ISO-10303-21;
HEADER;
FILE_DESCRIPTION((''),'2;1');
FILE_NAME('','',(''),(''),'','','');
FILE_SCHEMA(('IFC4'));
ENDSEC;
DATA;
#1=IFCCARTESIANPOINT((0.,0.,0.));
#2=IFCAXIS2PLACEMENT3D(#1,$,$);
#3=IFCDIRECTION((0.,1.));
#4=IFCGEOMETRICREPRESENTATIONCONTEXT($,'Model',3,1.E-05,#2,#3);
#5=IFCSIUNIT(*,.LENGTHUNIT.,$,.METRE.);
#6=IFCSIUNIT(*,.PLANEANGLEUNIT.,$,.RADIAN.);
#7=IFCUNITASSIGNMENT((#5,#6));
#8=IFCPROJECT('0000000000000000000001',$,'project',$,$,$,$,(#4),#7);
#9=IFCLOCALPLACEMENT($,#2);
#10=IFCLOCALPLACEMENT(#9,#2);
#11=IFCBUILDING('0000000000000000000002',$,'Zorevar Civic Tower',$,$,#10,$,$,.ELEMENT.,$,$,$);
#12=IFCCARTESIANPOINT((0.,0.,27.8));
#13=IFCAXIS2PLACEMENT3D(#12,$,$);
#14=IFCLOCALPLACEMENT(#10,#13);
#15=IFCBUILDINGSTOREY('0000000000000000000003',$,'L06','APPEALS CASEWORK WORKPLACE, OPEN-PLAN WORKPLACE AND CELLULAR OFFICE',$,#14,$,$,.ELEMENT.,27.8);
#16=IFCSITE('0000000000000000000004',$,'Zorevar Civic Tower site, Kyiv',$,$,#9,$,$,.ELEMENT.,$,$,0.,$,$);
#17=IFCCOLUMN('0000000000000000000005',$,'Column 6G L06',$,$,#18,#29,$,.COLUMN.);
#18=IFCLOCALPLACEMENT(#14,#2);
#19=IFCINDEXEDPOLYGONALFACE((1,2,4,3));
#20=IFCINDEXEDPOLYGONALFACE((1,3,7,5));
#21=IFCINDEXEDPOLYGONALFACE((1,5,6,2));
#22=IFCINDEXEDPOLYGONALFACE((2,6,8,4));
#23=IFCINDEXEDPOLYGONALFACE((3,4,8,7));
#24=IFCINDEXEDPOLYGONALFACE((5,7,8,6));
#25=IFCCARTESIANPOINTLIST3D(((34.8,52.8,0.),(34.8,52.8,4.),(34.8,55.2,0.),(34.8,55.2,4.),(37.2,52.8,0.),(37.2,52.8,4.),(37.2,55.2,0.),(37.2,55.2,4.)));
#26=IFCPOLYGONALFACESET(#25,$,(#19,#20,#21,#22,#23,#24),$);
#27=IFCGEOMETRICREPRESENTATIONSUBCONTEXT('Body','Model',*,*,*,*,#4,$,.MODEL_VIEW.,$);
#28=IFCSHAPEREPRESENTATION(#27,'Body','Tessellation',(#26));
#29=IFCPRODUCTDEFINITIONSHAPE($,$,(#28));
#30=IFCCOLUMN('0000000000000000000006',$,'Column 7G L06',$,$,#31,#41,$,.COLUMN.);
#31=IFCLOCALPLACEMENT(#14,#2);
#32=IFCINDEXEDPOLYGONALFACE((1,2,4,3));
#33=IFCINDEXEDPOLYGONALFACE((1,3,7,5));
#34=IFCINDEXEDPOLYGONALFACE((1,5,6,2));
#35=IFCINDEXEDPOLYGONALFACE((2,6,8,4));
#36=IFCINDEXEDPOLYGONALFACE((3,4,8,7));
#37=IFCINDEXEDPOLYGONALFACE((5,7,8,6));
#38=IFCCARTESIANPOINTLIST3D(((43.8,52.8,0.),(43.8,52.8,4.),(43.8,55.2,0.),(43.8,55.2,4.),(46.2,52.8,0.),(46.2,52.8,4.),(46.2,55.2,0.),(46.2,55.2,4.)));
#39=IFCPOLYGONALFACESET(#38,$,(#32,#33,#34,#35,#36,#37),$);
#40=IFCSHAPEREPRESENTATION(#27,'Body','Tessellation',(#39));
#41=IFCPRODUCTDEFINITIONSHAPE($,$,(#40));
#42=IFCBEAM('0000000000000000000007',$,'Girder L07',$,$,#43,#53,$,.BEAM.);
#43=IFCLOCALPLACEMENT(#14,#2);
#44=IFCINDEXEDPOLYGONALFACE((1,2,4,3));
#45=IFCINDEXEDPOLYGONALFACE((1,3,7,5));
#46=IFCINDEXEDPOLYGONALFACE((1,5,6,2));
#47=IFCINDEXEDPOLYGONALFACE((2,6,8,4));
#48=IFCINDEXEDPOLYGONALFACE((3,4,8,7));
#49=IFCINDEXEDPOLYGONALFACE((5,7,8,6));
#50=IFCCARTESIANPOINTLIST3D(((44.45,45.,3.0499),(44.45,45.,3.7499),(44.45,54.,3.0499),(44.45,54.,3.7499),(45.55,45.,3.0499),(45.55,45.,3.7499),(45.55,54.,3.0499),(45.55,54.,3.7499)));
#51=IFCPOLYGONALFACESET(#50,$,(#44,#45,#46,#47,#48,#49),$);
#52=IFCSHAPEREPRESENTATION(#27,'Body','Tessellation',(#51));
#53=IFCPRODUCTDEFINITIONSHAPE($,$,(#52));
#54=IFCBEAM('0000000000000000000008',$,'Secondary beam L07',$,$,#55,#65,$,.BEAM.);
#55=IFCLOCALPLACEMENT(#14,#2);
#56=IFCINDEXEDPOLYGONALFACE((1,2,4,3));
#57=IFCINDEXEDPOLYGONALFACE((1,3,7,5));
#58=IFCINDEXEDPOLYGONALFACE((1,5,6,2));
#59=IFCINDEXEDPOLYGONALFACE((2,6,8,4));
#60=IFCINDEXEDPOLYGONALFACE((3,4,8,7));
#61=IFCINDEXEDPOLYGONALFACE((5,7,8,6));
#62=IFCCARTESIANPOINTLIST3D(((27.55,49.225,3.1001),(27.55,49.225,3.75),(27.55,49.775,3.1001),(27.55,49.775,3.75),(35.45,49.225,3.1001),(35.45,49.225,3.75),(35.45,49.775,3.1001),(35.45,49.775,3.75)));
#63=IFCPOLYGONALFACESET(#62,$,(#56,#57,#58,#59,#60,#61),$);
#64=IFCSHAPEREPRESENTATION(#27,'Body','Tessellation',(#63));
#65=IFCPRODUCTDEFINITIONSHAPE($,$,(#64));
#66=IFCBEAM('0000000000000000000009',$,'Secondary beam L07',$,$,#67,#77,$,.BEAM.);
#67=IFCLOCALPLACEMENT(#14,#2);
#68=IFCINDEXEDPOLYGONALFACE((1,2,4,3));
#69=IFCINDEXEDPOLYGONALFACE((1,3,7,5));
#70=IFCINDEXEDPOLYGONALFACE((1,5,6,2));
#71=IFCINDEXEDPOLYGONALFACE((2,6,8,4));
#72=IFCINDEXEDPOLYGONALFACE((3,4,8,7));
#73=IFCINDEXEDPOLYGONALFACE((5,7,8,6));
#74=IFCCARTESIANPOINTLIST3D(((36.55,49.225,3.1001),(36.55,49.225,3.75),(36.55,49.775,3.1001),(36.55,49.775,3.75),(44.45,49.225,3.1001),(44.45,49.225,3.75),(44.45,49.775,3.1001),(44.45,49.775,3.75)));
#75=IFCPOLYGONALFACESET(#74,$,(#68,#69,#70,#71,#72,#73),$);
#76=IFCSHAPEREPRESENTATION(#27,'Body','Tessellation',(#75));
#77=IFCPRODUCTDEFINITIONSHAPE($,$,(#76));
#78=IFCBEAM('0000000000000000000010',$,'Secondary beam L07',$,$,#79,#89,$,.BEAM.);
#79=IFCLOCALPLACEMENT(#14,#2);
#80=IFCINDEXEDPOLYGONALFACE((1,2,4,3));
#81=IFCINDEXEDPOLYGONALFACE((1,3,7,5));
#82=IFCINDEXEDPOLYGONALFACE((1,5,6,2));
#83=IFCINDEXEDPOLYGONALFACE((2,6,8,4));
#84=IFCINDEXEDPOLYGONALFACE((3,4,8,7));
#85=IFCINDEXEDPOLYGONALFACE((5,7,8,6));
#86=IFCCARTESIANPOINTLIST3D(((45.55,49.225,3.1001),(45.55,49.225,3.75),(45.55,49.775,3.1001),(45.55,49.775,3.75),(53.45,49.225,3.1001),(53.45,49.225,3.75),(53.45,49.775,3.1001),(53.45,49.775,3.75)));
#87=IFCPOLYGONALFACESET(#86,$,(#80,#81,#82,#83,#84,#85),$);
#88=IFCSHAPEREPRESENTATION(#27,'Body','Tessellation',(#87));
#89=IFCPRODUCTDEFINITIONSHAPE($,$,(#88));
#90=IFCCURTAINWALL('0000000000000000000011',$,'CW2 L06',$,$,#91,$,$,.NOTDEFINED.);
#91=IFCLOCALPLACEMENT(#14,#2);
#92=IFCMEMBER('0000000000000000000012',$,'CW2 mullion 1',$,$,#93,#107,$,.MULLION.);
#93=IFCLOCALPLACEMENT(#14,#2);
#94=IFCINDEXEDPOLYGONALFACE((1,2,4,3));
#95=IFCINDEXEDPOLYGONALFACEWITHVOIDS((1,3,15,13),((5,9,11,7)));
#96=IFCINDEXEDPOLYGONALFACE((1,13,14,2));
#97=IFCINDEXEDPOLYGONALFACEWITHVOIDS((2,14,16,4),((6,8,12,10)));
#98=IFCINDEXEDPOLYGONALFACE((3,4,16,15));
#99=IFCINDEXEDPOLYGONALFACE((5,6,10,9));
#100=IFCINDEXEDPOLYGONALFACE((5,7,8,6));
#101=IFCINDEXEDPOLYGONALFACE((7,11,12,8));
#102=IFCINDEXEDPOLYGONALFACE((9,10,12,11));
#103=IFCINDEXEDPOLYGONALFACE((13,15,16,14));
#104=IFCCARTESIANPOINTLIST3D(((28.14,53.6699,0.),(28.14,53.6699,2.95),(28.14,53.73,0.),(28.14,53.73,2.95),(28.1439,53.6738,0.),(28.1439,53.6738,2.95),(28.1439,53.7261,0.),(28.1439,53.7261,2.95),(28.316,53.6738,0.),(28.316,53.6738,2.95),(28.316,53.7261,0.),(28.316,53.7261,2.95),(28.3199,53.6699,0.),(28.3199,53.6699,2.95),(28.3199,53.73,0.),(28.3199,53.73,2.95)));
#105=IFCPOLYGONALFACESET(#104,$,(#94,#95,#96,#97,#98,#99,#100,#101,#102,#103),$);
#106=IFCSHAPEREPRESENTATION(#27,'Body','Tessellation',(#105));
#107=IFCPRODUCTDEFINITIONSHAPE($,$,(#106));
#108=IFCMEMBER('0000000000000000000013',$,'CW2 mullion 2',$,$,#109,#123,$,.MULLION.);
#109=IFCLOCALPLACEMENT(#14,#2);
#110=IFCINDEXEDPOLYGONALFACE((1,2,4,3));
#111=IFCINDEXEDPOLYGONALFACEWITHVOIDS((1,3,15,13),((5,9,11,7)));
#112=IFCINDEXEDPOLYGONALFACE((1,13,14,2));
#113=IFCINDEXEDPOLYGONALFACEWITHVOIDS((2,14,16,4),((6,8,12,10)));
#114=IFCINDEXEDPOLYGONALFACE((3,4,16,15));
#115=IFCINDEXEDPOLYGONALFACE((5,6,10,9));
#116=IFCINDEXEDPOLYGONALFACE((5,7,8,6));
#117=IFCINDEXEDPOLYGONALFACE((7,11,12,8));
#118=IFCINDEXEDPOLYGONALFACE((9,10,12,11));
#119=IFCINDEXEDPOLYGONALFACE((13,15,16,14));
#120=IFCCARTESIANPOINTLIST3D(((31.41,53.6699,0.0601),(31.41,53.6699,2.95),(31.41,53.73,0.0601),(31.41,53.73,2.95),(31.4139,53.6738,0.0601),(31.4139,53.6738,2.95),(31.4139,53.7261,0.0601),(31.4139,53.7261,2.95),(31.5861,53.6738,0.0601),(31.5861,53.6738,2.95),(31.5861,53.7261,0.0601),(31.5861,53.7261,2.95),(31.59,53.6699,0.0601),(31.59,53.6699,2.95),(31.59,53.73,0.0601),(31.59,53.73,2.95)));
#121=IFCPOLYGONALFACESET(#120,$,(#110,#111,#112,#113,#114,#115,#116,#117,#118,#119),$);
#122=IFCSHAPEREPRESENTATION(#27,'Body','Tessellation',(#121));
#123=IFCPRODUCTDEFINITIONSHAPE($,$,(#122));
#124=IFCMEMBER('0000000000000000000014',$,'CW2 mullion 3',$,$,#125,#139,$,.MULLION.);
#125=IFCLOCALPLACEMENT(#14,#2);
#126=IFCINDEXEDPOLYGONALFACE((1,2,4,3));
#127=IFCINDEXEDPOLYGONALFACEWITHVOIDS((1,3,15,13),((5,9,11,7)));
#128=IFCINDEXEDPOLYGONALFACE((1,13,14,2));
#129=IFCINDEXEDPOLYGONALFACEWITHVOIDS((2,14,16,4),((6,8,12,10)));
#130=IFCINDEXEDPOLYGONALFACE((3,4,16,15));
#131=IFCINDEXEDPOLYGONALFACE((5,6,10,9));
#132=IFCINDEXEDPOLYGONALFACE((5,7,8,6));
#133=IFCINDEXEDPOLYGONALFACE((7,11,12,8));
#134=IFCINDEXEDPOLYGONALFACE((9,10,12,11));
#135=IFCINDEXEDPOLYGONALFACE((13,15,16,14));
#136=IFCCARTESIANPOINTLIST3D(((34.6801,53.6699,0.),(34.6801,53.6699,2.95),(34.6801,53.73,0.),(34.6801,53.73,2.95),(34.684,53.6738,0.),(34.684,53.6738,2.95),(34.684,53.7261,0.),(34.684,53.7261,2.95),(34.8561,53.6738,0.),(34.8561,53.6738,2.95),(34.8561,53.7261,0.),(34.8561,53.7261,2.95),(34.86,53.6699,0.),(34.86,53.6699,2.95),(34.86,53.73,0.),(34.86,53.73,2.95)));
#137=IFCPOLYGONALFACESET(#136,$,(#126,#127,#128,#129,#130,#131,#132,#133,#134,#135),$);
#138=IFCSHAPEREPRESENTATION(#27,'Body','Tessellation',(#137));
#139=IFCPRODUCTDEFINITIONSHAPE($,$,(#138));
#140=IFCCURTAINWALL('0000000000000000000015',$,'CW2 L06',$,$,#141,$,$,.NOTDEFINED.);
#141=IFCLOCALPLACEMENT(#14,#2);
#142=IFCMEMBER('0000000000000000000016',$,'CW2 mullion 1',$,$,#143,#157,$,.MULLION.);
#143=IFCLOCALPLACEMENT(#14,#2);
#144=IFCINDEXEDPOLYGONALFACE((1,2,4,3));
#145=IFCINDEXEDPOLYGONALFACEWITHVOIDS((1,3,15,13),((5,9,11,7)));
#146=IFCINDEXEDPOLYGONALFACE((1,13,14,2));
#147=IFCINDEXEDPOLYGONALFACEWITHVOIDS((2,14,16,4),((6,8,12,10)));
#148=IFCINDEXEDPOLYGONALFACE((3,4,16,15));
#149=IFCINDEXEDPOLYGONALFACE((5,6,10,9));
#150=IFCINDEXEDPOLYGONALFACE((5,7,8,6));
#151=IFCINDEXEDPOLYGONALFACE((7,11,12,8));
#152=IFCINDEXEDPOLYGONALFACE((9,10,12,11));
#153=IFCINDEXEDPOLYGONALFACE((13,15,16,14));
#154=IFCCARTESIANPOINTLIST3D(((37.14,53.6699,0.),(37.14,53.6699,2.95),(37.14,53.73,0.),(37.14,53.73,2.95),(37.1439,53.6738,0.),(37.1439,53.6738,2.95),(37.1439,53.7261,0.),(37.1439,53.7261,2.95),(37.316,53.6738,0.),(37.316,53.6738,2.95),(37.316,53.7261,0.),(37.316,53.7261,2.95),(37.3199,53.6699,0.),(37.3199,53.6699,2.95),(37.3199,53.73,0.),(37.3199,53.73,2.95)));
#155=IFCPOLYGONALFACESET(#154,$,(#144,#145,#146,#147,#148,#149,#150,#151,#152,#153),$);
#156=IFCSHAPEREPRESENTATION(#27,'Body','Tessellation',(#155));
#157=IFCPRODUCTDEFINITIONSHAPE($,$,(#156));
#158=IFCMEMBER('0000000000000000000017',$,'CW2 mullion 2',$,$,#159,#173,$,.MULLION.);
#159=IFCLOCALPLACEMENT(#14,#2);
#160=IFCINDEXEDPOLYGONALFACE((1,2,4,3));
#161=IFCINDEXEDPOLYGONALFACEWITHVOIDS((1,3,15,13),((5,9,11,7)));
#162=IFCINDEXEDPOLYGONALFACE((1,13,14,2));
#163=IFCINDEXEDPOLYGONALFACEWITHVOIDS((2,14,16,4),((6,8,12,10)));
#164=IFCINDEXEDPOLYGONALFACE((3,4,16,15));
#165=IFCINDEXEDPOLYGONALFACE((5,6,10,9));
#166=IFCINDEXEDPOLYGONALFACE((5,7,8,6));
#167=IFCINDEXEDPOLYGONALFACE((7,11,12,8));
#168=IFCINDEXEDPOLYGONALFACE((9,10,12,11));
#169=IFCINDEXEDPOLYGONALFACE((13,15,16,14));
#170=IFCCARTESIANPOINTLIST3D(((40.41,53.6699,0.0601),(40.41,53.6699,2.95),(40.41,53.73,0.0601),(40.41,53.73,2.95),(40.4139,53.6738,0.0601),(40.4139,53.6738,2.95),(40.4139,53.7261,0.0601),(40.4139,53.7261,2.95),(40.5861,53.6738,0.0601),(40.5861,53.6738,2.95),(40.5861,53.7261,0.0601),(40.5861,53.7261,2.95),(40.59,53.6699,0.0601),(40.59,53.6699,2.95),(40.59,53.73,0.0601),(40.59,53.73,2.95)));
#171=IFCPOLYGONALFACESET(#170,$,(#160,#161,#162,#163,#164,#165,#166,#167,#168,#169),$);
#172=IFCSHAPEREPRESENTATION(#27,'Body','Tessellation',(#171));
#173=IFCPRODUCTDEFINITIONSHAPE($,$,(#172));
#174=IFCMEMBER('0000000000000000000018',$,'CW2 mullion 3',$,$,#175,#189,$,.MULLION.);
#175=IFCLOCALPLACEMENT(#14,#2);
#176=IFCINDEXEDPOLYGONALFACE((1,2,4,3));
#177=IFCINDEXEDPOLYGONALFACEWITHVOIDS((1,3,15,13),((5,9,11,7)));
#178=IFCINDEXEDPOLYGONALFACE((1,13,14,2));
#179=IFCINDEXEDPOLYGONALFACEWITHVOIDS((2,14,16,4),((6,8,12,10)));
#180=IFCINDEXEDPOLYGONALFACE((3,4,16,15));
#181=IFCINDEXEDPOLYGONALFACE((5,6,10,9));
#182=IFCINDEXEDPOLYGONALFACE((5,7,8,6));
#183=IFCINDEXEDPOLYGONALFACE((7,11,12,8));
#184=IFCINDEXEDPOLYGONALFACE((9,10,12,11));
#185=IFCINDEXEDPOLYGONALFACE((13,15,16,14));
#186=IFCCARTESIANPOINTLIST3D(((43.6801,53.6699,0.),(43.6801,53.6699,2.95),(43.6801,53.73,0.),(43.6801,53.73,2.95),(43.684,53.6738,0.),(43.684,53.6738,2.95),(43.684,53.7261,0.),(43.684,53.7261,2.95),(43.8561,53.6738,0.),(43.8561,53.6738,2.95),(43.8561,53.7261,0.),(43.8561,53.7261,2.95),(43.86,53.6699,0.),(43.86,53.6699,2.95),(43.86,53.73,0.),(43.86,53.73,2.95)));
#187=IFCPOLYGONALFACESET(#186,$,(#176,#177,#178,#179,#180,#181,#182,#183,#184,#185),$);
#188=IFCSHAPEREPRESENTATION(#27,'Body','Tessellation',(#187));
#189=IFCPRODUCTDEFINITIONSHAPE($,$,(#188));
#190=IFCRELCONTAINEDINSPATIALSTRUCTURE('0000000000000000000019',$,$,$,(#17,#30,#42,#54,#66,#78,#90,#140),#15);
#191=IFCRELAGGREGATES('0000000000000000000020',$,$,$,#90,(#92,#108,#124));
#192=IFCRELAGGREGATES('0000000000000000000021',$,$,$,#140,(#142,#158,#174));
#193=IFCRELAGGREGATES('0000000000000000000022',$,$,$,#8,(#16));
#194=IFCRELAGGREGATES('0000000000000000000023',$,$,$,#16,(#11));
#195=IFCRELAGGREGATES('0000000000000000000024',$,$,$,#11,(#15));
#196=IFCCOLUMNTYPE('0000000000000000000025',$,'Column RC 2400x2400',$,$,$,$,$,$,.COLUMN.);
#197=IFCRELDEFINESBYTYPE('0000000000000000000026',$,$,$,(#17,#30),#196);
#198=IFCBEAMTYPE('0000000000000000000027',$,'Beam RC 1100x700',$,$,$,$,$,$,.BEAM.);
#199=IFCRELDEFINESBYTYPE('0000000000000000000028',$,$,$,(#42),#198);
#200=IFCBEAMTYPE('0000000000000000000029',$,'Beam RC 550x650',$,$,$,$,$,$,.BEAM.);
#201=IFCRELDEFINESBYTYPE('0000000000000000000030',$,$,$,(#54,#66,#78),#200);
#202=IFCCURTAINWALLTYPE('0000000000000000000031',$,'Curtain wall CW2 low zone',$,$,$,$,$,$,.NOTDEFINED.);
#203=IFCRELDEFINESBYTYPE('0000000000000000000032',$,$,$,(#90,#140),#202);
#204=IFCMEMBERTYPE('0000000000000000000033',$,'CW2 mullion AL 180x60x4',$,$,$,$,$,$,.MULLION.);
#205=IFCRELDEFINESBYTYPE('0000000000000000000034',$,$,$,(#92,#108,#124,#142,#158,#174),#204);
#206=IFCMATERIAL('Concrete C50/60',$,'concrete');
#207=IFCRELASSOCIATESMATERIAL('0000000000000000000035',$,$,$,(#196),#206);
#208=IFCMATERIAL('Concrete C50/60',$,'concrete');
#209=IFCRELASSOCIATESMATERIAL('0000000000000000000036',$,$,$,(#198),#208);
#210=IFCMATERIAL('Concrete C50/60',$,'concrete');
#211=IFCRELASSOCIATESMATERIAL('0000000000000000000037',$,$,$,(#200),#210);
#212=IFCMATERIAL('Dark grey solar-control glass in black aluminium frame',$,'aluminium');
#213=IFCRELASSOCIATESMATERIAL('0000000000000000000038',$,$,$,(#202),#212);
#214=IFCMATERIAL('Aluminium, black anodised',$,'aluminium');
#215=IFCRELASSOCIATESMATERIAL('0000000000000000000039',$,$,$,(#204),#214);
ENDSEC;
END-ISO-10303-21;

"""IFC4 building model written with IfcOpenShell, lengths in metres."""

from ifc_helpers import new_model, si_unit, direction, frame, origin, origin_2d, place, context, subcontext, project, spatial, rectangle, hollow_rectangle, extrude, material, material_profile, profile_set, type_object, element, aggregate, save


model = new_model("IFC4")

# Units and contexts
model_context = context("Model", 3, precision=1e-05, world=origin(), true_north=direction((0.0, 1.0)))
body_context = subcontext(model_context, "Body", "Model", "MODEL_VIEW")
ifc_project = project(units=[si_unit("LENGTHUNIT", "METRE"), si_unit("PLANEANGLEUNIT", "RADIAN")], contexts=[model_context])

# Site, building, storey
site_placement = place(None, origin())
site = spatial("IfcSite", under=ifc_project, at=site_placement, Name="Zorevar Civic Tower site, Kyiv", CompositionType="ELEMENT", RefElevation=0.0)
building_placement = place(site_placement, origin())
building = spatial("IfcBuilding", under=site, at=building_placement, Name="Zorevar Civic Tower", CompositionType="ELEMENT")
storey_placement = place(building_placement, frame((0.0, 0.0, 27.8)))
storey = spatial("IfcBuildingStorey", under=building, at=storey_placement, Name="L06", Description="APPEALS CASEWORK WORKPLACE, OPEN-PLAN WORKPLACE AND CELLULAR OFFICE", CompositionType="ELEMENT", Elevation=27.8)

# Columns
ifc_material_1 = material(Name="Concrete C50/60", Category="concrete")
ifc_material_profile_1 = material_profile(ifc_material_1, rectangle(XDim=2.3999, YDim=2.3999, at=origin_2d()), Name="RC 2400x2400")
ifc_profile_set_1 = profile_set([ifc_material_profile_1], Name="Concrete C50/60")
column_type = type_object("IfcColumnType", Name="Column RC 2400x2400", PredefinedType="COLUMN", material=ifc_profile_set_1)
for number, where, z_axis, x_axis, name in (
    (1, (36.0, 54.0, 0.0), (0.0, 0.0, 1.0), (1.0, 0.0, 0.0), "Column 6G L06"),
    (2, (45.0, 54.0, 0.0), (0.0, 0.0, 1.0), (1.0, 0.0, 0.0), "Column 7G L06"),
):
    element("IfcColumn", number, at=place(storey_placement, frame(where, z_axis=z_axis, x_axis=x_axis)), inside=storey, type_object=column_type, Name=name, PredefinedType="COLUMN", context=body_context, shape_type="SweptSolid", body=[
        extrude(rectangle(XDim=2.3999, YDim=2.3999, at=origin_2d()), origin(), (0.0, 0.0, 1.0), 4.0),
    ])

# Beams
ifc_material_2 = material(Name="Concrete C50/60", Category="concrete")
ifc_material_profile_2 = material_profile(ifc_material_2, rectangle(XDim=1.1001, YDim=0.7, at=origin_2d()), Name="RC 1100x700")
ifc_profile_set_2 = profile_set([ifc_material_profile_2], Name="Concrete C50/60")
beam_type_1 = type_object("IfcBeamType", Name="Beam RC 1100x700", PredefinedType="BEAM", material=ifc_profile_set_2)
beam_placement = place(storey_placement, frame((45.0, 45.0, 3.3999), z_axis=(0.0, 1.0, 0.0), x_axis=(-1.0, 0.0, 0.0)))
element("IfcBeam", 3, at=beam_placement, inside=storey, type_object=beam_type_1, Name="Girder L07", PredefinedType="BEAM", context=body_context, shape_type="SweptSolid", body=[
    extrude(rectangle(XDim=1.1001, YDim=0.7, at=origin_2d()), origin(), (0.0, 0.0, 1.0), 9.0),
])
ifc_material_3 = material(Name="Concrete C50/60", Category="concrete")
ifc_material_profile_3 = material_profile(ifc_material_3, rectangle(XDim=0.55, YDim=0.6499, at=origin_2d()), Name="RC 550x650")
ifc_profile_set_3 = profile_set([ifc_material_profile_3], Name="Concrete C50/60")
beam_type_2 = type_object("IfcBeamType", Name="Beam RC 550x650", PredefinedType="BEAM", material=ifc_profile_set_3)
for number, where, z_axis, x_axis, name in (
    (4, (27.55, 49.5, 3.425), (1.0, 0.0, 0.0), (0.0, 1.0, 0.0), "Secondary beam L07"),
    (5, (36.55, 49.5, 3.425), (1.0, 0.0, 0.0), (0.0, 1.0, 0.0), "Secondary beam L07"),
    (6, (45.55, 49.5, 3.425), (1.0, 0.0, 0.0), (0.0, 1.0, 0.0), "Secondary beam L07"),
):
    element("IfcBeam", number, at=place(storey_placement, frame(where, z_axis=z_axis, x_axis=x_axis)), inside=storey, type_object=beam_type_2, Name=name, PredefinedType="BEAM", context=body_context, shape_type="SweptSolid", body=[
        extrude(rectangle(XDim=0.55, YDim=0.6499, at=origin_2d()), origin(), (0.0, 0.0, 1.0), 7.8999),
    ])

# Curtain walls, members
ifc_material_4 = material(Name="Dark grey solar-control glass in black aluminium frame", Category="aluminium")
curtain_wall_type = type_object("IfcCurtainWallType", Name="Curtain wall CW2 low zone", PredefinedType="NOTDEFINED", material=ifc_material_4)
curtain_wall_1_placement = place(storey_placement, origin())
curtain_wall_1 = element("IfcCurtainWall", 7, at=curtain_wall_1_placement, inside=storey, type_object=curtain_wall_type, Name="CW2 L06", PredefinedType="NOTDEFINED")
ifc_material_5 = material(Name="Aluminium, black anodised", Category="aluminium")
ifc_material_profile_4 = material_profile(ifc_material_5, hollow_rectangle(XDim=0.0601, YDim=0.1799, WallThickness=0.0039, at=origin_2d()), Name="AL 180x60x4")
ifc_profile_set_4 = profile_set([ifc_material_profile_4], Name="Aluminium, black anodised")
member_type_1 = type_object("IfcMemberType", Name="CW2 mullion AL 180x60x4", PredefinedType="MULLION", material=ifc_profile_set_4)
member_1_placement = place(storey_placement, frame((28.23, 53.7, 0.0), z_axis=(0.0, 0.0, 1.0), x_axis=(0.0, 1.0, 0.0)))
member_1 = element("IfcMember", 8, at=member_1_placement, type_object=member_type_1, Name="CW2 mullion 1", PredefinedType="MULLION", context=body_context, shape_type="SweptSolid", body=[
    extrude(hollow_rectangle(XDim=0.0601, YDim=0.1799, WallThickness=0.0039, at=origin_2d()), origin(), (0.0, 0.0, 1.0), 2.95),
])
member_2_placement = place(storey_placement, frame((31.5, 53.7, 0.0601), z_axis=(0.0, 0.0, 1.0), x_axis=(0.0, 1.0, 0.0)))
member_2 = element("IfcMember", 9, at=member_2_placement, type_object=member_type_1, Name="CW2 mullion 2", PredefinedType="MULLION", context=body_context, shape_type="SweptSolid", body=[
    extrude(hollow_rectangle(XDim=0.0601, YDim=0.1799, WallThickness=0.0039, at=origin_2d()), origin(), (0.0, 0.0, 1.0), 2.8899),
])
member_3_placement = place(storey_placement, frame((34.77, 53.7, 0.0), z_axis=(0.0, 0.0, 1.0), x_axis=(0.0, 1.0, 0.0)))
member_3 = element("IfcMember", 10, at=member_3_placement, type_object=member_type_1, Name="CW2 mullion 3", PredefinedType="MULLION", context=body_context, shape_type="SweptSolid", body=[
    extrude(hollow_rectangle(XDim=0.0601, YDim=0.1799, WallThickness=0.0039, at=origin_2d()), origin(), (0.0, 0.0, 1.0), 2.95),
])
curtain_wall_2_placement = place(storey_placement, origin())
curtain_wall_2 = element("IfcCurtainWall", 11, at=curtain_wall_2_placement, inside=storey, type_object=curtain_wall_type, Name="CW2 L06", PredefinedType="NOTDEFINED")
member_4_placement = place(storey_placement, frame((37.23, 53.7, 0.0), z_axis=(0.0, 0.0, 1.0), x_axis=(0.0, 1.0, 0.0)))
member_4 = element("IfcMember", 12, at=member_4_placement, type_object=member_type_1, Name="CW2 mullion 1", PredefinedType="MULLION", context=body_context, shape_type="SweptSolid", body=[
    extrude(hollow_rectangle(XDim=0.0601, YDim=0.1799, WallThickness=0.0039, at=origin_2d()), origin(), (0.0, 0.0, 1.0), 2.95),
])
member_5_placement = place(storey_placement, frame((40.5, 53.7, 0.0601), z_axis=(0.0, 0.0, 1.0), x_axis=(0.0, 1.0, 0.0)))
member_5 = element("IfcMember", 13, at=member_5_placement, type_object=member_type_1, Name="CW2 mullion 2", PredefinedType="MULLION", context=body_context, shape_type="SweptSolid", body=[
    extrude(hollow_rectangle(XDim=0.0601, YDim=0.1799, WallThickness=0.0039, at=origin_2d()), origin(), (0.0, 0.0, 1.0), 2.8899),
])
member_6_placement = place(storey_placement, frame((43.77, 53.7, 0.0), z_axis=(0.0, 0.0, 1.0), x_axis=(0.0, 1.0, 0.0)))
member_6 = element("IfcMember", 14, at=member_6_placement, type_object=member_type_1, Name="CW2 mullion 3", PredefinedType="MULLION", context=body_context, shape_type="SweptSolid", body=[
    extrude(hollow_rectangle(XDim=0.0601, YDim=0.1799, WallThickness=0.0039, at=origin_2d()), origin(), (0.0, 0.0, 1.0), 2.95),
])

aggregate(curtain_wall_1, [member_1, member_2, member_3])
aggregate(curtain_wall_2, [member_4, member_5, member_6])

save(model, "model.ifc")
